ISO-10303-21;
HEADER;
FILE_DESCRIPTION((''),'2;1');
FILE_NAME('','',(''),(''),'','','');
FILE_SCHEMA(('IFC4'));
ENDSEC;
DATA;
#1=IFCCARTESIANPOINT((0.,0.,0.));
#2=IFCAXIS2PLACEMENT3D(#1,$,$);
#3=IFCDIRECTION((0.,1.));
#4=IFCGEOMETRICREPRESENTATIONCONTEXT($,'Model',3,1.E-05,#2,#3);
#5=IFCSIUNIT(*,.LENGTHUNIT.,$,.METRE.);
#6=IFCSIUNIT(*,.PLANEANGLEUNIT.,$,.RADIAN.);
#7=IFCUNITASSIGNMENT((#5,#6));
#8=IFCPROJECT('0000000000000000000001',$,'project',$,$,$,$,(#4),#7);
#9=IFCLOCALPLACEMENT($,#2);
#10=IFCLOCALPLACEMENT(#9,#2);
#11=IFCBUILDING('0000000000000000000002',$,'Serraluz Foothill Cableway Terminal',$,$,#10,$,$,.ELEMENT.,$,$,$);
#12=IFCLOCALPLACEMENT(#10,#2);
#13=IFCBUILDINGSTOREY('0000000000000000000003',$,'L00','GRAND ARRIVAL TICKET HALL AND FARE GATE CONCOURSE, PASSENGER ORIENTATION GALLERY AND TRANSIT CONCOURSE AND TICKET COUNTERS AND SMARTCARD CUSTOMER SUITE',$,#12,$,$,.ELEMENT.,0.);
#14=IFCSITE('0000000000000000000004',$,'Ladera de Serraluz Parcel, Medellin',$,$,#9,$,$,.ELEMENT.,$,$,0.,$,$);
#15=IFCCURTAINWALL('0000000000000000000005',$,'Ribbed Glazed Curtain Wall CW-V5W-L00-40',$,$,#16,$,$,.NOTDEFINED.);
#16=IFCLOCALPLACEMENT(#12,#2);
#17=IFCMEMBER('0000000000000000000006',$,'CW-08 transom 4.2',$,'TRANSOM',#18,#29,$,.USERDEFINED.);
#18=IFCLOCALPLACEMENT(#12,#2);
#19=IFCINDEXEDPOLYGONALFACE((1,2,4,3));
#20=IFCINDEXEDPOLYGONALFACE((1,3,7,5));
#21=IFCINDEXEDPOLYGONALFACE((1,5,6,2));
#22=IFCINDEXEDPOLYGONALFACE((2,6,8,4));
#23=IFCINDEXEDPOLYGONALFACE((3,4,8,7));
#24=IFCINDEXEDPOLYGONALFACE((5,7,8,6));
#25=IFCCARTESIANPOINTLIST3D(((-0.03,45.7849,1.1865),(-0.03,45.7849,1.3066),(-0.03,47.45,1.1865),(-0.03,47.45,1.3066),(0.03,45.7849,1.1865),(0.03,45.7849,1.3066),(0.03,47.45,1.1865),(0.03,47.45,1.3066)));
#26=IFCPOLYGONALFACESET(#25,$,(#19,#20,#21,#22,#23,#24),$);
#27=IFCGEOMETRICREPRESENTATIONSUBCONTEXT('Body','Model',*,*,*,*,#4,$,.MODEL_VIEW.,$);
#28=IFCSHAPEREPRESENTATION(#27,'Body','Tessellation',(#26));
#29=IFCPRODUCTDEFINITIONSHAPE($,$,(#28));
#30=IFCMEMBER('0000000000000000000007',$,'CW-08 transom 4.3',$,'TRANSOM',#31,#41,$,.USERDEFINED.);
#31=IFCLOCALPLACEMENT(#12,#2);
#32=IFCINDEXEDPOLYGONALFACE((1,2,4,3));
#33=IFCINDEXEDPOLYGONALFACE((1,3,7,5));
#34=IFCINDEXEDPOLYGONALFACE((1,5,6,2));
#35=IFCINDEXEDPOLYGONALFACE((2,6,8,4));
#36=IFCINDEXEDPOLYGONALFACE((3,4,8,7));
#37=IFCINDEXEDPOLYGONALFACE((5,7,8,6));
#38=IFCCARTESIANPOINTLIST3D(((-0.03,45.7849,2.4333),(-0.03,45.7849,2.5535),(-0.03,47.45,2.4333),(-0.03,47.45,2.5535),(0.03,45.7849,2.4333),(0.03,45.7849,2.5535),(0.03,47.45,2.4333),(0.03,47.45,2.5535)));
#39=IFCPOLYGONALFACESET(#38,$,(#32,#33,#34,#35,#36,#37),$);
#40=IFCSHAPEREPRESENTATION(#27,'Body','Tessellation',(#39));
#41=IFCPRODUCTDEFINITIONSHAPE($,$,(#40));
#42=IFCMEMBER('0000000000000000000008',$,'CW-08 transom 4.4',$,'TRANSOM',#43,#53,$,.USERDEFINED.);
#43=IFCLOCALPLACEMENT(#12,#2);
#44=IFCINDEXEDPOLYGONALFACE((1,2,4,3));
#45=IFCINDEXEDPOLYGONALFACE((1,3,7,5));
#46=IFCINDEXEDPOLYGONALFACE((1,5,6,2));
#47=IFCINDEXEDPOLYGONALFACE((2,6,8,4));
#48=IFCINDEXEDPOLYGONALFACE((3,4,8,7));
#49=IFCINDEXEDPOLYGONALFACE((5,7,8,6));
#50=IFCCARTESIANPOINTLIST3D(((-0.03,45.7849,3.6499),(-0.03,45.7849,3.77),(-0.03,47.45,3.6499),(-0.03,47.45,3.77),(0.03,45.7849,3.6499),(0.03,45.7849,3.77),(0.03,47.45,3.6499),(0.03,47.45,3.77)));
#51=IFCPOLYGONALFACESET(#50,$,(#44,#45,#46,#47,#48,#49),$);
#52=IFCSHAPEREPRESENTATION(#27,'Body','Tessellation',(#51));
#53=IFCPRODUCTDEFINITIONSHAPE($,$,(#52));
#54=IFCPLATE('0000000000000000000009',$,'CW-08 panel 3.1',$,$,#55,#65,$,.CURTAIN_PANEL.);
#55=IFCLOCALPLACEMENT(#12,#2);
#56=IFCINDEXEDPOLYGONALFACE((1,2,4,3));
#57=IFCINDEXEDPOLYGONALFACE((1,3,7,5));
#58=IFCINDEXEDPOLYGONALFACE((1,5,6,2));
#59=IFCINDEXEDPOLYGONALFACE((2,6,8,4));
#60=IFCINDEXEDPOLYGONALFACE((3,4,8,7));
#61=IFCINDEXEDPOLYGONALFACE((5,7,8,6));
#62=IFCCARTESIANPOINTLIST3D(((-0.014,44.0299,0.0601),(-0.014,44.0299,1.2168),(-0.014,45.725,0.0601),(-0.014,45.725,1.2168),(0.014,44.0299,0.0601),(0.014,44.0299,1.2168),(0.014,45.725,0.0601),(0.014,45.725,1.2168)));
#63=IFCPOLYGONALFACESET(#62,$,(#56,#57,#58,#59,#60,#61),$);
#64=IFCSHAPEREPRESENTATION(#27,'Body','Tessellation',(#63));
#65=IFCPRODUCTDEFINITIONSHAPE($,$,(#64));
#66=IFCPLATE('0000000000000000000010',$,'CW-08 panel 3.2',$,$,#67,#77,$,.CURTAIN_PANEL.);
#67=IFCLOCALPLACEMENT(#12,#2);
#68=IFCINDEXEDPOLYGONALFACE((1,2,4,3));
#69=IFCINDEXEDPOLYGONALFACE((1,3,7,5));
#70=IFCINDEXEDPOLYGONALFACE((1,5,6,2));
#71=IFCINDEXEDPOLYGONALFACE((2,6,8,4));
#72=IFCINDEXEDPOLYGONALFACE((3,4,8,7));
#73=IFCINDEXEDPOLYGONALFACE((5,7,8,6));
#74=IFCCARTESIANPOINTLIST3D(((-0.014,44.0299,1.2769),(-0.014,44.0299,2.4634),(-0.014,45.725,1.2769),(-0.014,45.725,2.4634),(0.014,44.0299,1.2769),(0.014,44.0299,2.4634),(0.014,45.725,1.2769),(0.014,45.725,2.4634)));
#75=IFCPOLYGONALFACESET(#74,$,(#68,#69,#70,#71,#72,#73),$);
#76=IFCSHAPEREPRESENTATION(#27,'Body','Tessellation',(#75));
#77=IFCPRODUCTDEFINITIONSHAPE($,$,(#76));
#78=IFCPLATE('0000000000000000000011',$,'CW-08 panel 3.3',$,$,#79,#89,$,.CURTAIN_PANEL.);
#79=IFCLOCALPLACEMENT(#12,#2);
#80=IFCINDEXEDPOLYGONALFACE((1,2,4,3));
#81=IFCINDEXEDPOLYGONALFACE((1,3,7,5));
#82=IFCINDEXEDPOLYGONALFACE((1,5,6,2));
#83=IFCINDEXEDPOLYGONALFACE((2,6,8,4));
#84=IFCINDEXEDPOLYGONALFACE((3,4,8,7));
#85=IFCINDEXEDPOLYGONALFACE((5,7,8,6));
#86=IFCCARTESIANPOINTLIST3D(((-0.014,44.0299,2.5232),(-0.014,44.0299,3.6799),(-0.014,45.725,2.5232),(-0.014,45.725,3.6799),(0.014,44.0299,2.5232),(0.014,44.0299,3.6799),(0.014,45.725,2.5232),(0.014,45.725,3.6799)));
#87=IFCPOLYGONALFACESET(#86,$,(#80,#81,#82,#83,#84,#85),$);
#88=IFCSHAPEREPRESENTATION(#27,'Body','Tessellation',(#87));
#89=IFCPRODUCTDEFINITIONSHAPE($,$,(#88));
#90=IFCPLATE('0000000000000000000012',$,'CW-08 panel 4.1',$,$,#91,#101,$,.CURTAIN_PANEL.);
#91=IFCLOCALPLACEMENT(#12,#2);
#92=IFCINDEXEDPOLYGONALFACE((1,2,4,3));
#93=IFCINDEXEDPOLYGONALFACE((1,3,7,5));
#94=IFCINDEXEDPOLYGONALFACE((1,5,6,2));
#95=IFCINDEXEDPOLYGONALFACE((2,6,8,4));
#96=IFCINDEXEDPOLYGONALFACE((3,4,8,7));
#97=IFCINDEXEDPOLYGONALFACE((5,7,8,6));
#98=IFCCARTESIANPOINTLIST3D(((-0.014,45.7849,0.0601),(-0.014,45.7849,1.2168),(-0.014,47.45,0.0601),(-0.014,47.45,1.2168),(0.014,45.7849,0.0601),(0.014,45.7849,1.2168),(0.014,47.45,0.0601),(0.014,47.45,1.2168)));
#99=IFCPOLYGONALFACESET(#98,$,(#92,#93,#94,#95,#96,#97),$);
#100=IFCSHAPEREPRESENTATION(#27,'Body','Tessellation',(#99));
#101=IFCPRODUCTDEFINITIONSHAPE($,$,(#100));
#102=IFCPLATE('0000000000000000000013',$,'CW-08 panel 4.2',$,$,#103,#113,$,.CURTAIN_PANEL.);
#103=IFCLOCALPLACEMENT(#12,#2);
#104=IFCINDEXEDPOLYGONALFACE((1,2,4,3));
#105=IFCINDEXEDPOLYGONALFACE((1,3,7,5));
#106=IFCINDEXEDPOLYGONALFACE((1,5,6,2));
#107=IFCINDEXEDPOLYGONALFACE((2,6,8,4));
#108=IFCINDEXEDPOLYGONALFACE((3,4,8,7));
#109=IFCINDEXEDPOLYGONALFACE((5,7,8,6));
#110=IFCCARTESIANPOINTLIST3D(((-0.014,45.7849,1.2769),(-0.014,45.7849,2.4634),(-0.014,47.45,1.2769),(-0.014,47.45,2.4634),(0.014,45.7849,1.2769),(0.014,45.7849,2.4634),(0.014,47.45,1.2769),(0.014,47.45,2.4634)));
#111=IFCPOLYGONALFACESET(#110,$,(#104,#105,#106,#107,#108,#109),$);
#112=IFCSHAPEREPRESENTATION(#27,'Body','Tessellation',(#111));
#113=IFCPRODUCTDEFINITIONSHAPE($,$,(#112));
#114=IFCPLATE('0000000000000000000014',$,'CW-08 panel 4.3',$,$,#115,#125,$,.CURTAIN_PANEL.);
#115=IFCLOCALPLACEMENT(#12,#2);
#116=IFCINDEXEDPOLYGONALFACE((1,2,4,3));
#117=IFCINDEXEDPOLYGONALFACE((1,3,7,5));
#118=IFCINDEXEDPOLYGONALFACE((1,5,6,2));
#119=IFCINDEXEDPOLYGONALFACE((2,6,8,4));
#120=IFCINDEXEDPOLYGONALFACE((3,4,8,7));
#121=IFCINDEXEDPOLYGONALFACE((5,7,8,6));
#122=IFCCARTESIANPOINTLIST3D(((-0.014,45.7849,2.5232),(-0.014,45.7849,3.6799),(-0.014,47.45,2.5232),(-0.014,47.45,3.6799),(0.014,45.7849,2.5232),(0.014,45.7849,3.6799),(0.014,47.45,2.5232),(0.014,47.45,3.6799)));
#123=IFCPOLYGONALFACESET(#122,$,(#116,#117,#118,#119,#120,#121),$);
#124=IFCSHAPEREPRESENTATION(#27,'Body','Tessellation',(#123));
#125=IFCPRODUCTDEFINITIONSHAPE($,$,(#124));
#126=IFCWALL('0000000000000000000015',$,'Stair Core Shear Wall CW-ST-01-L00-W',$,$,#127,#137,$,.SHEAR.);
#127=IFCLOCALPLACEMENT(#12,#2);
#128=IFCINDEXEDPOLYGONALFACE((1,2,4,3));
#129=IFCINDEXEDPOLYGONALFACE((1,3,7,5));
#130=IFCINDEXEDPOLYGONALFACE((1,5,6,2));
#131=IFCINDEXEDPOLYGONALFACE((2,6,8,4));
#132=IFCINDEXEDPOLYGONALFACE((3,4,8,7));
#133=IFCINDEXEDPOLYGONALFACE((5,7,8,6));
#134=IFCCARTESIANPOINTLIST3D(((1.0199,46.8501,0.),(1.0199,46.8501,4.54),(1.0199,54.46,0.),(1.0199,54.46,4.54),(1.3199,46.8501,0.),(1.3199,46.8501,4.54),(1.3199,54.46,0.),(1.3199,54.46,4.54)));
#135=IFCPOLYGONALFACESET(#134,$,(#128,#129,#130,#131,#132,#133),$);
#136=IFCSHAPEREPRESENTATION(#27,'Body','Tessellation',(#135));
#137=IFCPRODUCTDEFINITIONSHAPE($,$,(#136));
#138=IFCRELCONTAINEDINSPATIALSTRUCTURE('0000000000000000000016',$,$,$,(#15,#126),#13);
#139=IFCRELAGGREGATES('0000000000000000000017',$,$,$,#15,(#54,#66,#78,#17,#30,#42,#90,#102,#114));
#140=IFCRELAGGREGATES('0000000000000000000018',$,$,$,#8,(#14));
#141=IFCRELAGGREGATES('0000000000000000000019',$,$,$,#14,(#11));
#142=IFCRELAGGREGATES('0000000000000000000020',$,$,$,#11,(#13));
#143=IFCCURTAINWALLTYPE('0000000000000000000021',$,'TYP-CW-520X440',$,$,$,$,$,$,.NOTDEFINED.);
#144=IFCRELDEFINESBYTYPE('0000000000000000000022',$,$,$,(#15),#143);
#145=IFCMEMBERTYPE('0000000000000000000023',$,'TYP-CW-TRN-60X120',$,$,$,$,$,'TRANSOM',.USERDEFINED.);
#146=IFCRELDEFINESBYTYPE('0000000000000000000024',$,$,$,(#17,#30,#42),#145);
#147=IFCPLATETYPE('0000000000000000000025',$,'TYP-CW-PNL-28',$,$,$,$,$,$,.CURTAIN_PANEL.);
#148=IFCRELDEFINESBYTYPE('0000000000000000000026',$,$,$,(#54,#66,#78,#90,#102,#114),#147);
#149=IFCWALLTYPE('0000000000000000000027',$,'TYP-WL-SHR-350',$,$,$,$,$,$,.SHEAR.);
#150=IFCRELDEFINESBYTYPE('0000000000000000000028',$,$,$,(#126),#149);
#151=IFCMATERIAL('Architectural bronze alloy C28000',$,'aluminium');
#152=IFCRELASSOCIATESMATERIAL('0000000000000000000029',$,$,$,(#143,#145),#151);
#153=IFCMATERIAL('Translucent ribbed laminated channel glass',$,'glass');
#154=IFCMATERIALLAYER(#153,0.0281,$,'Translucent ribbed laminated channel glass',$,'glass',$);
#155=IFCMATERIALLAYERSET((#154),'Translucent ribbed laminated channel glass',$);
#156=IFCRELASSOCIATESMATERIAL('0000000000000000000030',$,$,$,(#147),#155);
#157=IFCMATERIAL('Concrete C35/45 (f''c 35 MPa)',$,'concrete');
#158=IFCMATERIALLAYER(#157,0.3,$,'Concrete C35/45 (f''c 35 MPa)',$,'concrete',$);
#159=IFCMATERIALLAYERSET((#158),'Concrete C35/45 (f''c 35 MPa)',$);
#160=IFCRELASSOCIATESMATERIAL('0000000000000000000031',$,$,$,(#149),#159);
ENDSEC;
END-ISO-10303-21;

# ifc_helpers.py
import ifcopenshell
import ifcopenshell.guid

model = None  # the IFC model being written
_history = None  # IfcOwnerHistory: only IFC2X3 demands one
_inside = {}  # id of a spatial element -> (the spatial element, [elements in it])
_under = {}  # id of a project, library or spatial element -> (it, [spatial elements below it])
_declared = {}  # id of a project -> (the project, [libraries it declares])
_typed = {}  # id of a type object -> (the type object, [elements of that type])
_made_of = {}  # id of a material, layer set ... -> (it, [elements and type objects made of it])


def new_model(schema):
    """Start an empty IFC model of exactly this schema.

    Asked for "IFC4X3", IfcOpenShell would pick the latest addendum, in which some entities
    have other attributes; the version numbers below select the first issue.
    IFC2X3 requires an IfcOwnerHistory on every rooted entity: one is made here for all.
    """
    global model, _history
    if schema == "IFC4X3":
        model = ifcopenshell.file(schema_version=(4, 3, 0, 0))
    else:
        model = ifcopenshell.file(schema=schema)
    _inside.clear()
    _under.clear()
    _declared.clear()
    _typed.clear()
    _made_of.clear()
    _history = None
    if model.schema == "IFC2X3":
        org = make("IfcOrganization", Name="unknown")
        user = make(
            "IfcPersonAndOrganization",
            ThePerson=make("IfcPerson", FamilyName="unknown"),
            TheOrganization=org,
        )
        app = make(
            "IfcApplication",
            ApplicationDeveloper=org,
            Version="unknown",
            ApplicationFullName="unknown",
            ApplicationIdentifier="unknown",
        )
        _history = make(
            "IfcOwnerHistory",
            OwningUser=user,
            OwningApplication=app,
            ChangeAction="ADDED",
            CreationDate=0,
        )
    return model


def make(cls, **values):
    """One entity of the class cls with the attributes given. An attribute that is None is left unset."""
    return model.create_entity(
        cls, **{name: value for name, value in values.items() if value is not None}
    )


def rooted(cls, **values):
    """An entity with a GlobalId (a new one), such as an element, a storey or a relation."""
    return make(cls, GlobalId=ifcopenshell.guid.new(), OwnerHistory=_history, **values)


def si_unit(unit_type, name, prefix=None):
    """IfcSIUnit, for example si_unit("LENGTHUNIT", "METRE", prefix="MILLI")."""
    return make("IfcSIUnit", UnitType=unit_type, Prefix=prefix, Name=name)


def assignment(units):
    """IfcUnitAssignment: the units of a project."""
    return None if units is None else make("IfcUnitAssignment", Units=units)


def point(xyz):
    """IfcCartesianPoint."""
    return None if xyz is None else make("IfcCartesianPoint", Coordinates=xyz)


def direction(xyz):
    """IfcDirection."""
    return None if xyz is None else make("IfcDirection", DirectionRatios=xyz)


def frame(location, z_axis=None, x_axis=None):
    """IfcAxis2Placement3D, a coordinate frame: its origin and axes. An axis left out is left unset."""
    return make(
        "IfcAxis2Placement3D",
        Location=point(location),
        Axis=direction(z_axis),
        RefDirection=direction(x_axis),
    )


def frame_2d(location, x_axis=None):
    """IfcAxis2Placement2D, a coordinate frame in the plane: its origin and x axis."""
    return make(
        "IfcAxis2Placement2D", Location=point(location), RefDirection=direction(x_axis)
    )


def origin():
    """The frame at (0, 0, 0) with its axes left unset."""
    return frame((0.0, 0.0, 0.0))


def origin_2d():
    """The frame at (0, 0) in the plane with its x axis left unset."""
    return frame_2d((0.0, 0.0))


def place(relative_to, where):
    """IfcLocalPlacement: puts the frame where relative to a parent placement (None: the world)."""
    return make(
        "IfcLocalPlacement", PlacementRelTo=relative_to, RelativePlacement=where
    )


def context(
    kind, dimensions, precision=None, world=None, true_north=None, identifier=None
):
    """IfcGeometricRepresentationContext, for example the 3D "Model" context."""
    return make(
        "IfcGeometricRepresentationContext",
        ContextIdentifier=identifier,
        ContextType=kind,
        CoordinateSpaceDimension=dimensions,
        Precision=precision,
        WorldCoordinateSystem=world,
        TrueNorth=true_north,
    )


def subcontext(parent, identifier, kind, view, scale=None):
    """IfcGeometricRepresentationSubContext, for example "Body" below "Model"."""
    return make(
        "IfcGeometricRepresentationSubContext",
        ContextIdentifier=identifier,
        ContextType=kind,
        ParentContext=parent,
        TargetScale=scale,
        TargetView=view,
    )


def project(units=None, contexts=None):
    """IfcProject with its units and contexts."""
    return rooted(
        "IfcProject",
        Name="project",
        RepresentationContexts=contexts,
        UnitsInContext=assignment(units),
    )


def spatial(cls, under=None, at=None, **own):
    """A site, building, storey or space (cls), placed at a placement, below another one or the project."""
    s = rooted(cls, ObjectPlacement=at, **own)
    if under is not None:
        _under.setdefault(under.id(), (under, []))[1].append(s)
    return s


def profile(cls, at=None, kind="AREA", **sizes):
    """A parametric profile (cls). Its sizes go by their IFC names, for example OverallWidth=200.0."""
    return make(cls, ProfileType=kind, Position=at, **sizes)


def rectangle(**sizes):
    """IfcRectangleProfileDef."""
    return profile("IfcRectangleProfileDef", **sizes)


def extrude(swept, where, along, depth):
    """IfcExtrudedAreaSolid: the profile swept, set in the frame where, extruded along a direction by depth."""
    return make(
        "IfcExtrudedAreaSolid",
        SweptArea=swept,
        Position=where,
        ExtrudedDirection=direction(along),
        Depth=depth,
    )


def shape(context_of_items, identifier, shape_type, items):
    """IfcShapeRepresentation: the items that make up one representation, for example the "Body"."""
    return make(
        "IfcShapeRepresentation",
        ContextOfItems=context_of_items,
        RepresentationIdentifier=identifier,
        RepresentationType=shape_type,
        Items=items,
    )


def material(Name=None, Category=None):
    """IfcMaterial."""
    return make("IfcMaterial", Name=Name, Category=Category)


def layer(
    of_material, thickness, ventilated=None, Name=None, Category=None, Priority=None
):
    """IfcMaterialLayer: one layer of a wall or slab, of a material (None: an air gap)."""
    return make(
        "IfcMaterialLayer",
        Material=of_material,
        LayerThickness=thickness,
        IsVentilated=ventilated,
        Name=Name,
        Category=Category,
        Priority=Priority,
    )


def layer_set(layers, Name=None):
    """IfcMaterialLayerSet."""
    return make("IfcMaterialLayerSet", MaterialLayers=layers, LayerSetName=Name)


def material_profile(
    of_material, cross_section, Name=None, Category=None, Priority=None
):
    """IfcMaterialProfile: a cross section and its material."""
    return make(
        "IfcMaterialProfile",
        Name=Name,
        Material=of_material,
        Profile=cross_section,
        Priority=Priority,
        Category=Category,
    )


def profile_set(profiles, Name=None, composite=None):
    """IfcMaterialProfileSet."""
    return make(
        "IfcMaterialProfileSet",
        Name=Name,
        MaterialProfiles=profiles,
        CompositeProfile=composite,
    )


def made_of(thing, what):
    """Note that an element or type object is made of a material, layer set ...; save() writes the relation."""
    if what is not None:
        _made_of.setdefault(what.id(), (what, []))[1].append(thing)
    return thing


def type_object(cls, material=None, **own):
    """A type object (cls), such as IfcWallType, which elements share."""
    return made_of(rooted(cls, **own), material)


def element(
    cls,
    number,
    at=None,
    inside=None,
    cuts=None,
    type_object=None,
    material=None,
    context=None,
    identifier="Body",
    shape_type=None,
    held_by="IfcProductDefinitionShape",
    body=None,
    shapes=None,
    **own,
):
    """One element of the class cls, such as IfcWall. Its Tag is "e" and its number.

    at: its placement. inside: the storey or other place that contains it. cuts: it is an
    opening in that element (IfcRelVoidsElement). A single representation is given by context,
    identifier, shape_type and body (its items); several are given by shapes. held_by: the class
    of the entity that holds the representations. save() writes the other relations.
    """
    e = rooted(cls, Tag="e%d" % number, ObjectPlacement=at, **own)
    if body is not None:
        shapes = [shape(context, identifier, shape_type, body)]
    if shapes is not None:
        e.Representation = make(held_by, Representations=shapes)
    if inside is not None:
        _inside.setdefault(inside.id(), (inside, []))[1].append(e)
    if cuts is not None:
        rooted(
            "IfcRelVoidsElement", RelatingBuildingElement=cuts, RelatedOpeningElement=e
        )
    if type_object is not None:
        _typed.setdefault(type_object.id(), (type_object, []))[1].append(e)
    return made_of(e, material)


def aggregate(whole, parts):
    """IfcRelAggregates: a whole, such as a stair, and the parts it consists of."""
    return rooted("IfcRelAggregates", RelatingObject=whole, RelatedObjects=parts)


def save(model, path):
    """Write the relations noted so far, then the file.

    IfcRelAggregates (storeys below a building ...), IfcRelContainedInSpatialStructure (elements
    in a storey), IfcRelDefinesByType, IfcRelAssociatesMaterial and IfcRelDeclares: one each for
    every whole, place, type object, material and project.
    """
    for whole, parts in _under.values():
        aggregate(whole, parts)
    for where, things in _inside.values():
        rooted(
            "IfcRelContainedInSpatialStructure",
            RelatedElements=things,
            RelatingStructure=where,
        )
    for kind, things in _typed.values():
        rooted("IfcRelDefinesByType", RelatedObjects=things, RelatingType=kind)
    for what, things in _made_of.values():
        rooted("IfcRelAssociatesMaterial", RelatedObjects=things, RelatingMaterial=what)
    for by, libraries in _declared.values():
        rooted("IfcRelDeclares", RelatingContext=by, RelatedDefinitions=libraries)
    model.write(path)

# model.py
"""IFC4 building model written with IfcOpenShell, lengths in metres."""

from ifc_helpers import new_model, si_unit, direction, frame, frame_2d, origin, origin_2d, place, context, subcontext, project, spatial, rectangle, extrude, material, layer, layer_set, material_profile, profile_set, type_object, element, aggregate, save


model = new_model("IFC4")

# Units and contexts
model_context = context("Model", 3, precision=1e-05, world=origin(), true_north=direction((0.0, 1.0)))
body_context = subcontext(model_context, "Body", "Model", "MODEL_VIEW")
ifc_project = project(units=[si_unit("LENGTHUNIT", "METRE"), si_unit("PLANEANGLEUNIT", "RADIAN")], contexts=[model_context])

# Site, building, storey
site_placement = place(None, origin())
site = spatial("IfcSite", under=ifc_project, at=site_placement, Name="Ladera de Serraluz Parcel, Medellin", CompositionType="ELEMENT", RefElevation=0.0)
building_placement = place(site_placement, origin())
building = spatial("IfcBuilding", under=site, at=building_placement, Name="Serraluz Foothill Cableway Terminal", CompositionType="ELEMENT")
storey_placement = place(building_placement, origin())
storey = spatial("IfcBuildingStorey", under=building, at=storey_placement, Name="L00", Description="GRAND ARRIVAL TICKET HALL AND FARE GATE CONCOURSE, PASSENGER ORIENTATION GALLERY AND TRANSIT CONCOURSE AND TICKET COUNTERS AND SMARTCARD CUSTOMER SUITE", CompositionType="ELEMENT", Elevation=0.0)

# Shared definitions
ifc_material_1 = material(Name="Concrete C35/45 (f'c 35 MPa)", Category="concrete")

# Curtain wall, members, plates
ifc_material_2 = material(Name="Architectural bronze alloy C28000", Category="aluminium")
curtain_wall_type = type_object("IfcCurtainWallType", Name="TYP-CW-520X440", PredefinedType="NOTDEFINED", material=ifc_material_2)
curtain_wall_placement = place(storey_placement, origin())
curtain_wall = element("IfcCurtainWall", 1, at=curtain_wall_placement, inside=storey, type_object=curtain_wall_type, Name="Ribbed Glazed Curtain Wall CW-V5W-L00-40", PredefinedType="NOTDEFINED")
ifc_material_profile_1 = material_profile(ifc_material_2, rectangle(XDim=0.0601, YDim=0.1201, at=origin_2d()), Name="ALU TRANSOM 60x120")
ifc_profile_set_1 = profile_set([ifc_material_profile_1], Name="Architectural bronze alloy C28000")
member_type_1 = type_object("IfcMemberType", Name="TYP-CW-TRN-60X120", ElementType="TRANSOM", PredefinedType="USERDEFINED", material=ifc_profile_set_1)
member_1_placement = place(storey_placement, frame((0.0, 45.7849, 1.2466), z_axis=(0.0, 1.0, 0.0), x_axis=(-1.0, 0.0, 0.0)))
member_1 = element("IfcMember", 2, at=member_1_placement, type_object=member_type_1, Name="CW-08 transom 4.2", ObjectType="TRANSOM", PredefinedType="USERDEFINED", context=body_context, shape_type="SweptSolid", body=[
    extrude(rectangle(XDim=0.0601, YDim=0.1201, at=origin_2d()), origin(), (0.0, 0.0, 1.0), 1.665),
])
member_2_placement = place(storey_placement, frame((0.0, 45.7849, 2.4934), z_axis=(0.0, 1.0, 0.0), x_axis=(-1.0, 0.0, 0.0)))
member_2 = element("IfcMember", 3, at=member_2_placement, type_object=member_type_1, Name="CW-08 transom 4.3", ObjectType="TRANSOM", PredefinedType="USERDEFINED", context=body_context, shape_type="SweptSolid", body=[
    extrude(rectangle(XDim=0.0601, YDim=0.1201, at=origin_2d()), origin(), (0.0, 0.0, 1.0), 1.665),
])
member_3_placement = place(storey_placement, frame((0.0, 45.7849, 3.71), z_axis=(0.0, 1.0, 0.0), x_axis=(-1.0, 0.0, 0.0)))
member_3 = element("IfcMember", 4, at=member_3_placement, type_object=member_type_1, Name="CW-08 transom 4.4", ObjectType="TRANSOM", PredefinedType="USERDEFINED", context=body_context, shape_type="SweptSolid", body=[
    extrude(rectangle(XDim=0.0601, YDim=0.1201, at=origin_2d()), origin(), (0.0, 0.0, 1.0), 1.665),
])
ifc_material_3 = material(Name="Translucent ribbed laminated channel glass", Category="glass")
ifc_layer_1 = layer(ifc_material_3, 0.0281, Name="Translucent ribbed laminated channel glass", Category="glass")
ifc_layer_set_1 = layer_set([ifc_layer_1], Name="Translucent ribbed laminated channel glass")
plate_type = type_object("IfcPlateType", Name="TYP-CW-PNL-28", PredefinedType="CURTAIN_PANEL", material=ifc_layer_set_1)
plate_1_placement = place(storey_placement, frame((0.0, 44.8774, 0.0601), z_axis=(0.0, 0.0, 1.0), x_axis=(0.0, 1.0, 0.0)))
plate_1 = element("IfcPlate", 5, at=plate_1_placement, type_object=plate_type, Name="CW-08 panel 3.1", PredefinedType="CURTAIN_PANEL", context=body_context, shape_type="SweptSolid", body=[
    extrude(rectangle(XDim=1.6951, YDim=0.0281, at=origin_2d()), origin(), (0.0, 0.0, 1.0), 1.1567),
])
plate_2_placement = place(storey_placement, frame((0.0, 44.8774, 1.2769), z_axis=(0.0, 0.0, 1.0), x_axis=(0.0, 1.0, 0.0)))
plate_2 = element("IfcPlate", 6, at=plate_2_placement, type_object=plate_type, Name="CW-08 panel 3.2", PredefinedType="CURTAIN_PANEL", context=body_context, shape_type="SweptSolid", body=[
    extrude(rectangle(XDim=1.6951, YDim=0.0281, at=origin_2d()), origin(), (0.0, 0.0, 1.0), 1.1865),
])
plate_3_placement = place(storey_placement, frame((0.0, 44.8774, 2.5232), z_axis=(0.0, 0.0, 1.0), x_axis=(0.0, 1.0, 0.0)))
plate_3 = element("IfcPlate", 7, at=plate_3_placement, type_object=plate_type, Name="CW-08 panel 3.3", PredefinedType="CURTAIN_PANEL", context=body_context, shape_type="SweptSolid", body=[
    extrude(rectangle(XDim=1.6951, YDim=0.0281, at=origin_2d()), origin(), (0.0, 0.0, 1.0), 1.1567),
])
plate_4_placement = place(storey_placement, frame((0.0, 46.6174, 0.0601), z_axis=(0.0, 0.0, 1.0), x_axis=(0.0, 1.0, 0.0)))
plate_4 = element("IfcPlate", 8, at=plate_4_placement, type_object=plate_type, Name="CW-08 panel 4.1", PredefinedType="CURTAIN_PANEL", context=body_context, shape_type="SweptSolid", body=[
    extrude(rectangle(XDim=1.665, YDim=0.0281, at=origin_2d()), origin(), (0.0, 0.0, 1.0), 1.1567),
])
plate_5_placement = place(storey_placement, frame((0.0, 46.6174, 1.2769), z_axis=(0.0, 0.0, 1.0), x_axis=(0.0, 1.0, 0.0)))
plate_5 = element("IfcPlate", 9, at=plate_5_placement, type_object=plate_type, Name="CW-08 panel 4.2", PredefinedType="CURTAIN_PANEL", context=body_context, shape_type="SweptSolid", body=[
    extrude(rectangle(XDim=1.665, YDim=0.0281, at=origin_2d()), origin(), (0.0, 0.0, 1.0), 1.1865),
])
plate_6_placement = place(storey_placement, frame((0.0, 46.6174, 2.5232), z_axis=(0.0, 0.0, 1.0), x_axis=(0.0, 1.0, 0.0)))
plate_6 = element("IfcPlate", 10, at=plate_6_placement, type_object=plate_type, Name="CW-08 panel 4.3", PredefinedType="CURTAIN_PANEL", context=body_context, shape_type="SweptSolid", body=[
    extrude(rectangle(XDim=1.665, YDim=0.0281, at=origin_2d()), origin(), (0.0, 0.0, 1.0), 1.1567),
])
aggregate(curtain_wall, [plate_1, plate_2, plate_3, member_1, member_2, member_3, plate_4, plate_5, plate_6])

# Wall
ifc_layer_2 = layer(ifc_material_1, 0.3, Name="Concrete C35/45 (f'c 35 MPa)", Category="concrete")
ifc_layer_set_2 = layer_set([ifc_layer_2], Name="Concrete C35/45 (f'c 35 MPa)")
wall_type = type_object("IfcWallType", Name="TYP-WL-SHR-350", PredefinedType="SHEAR", material=ifc_layer_set_2)
wall_placement = place(storey_placement, frame((1.1699, 46.8501, 0.0), z_axis=(0.0, 0.0, 1.0), x_axis=(0.0, 1.0, 0.0)))
element("IfcWall", 11, at=wall_placement, inside=storey, type_object=wall_type, Name="Stair Core Shear Wall CW-ST-01-L00-W", PredefinedType="SHEAR", context=body_context, shape_type="SweptSolid", body=[
    extrude(rectangle(XDim=7.6099, YDim=0.3, at=frame_2d((3.8049, 0.0))), origin(), (0.0, 0.0, 1.0), 4.54),
])

save(model, "model.ifc")
